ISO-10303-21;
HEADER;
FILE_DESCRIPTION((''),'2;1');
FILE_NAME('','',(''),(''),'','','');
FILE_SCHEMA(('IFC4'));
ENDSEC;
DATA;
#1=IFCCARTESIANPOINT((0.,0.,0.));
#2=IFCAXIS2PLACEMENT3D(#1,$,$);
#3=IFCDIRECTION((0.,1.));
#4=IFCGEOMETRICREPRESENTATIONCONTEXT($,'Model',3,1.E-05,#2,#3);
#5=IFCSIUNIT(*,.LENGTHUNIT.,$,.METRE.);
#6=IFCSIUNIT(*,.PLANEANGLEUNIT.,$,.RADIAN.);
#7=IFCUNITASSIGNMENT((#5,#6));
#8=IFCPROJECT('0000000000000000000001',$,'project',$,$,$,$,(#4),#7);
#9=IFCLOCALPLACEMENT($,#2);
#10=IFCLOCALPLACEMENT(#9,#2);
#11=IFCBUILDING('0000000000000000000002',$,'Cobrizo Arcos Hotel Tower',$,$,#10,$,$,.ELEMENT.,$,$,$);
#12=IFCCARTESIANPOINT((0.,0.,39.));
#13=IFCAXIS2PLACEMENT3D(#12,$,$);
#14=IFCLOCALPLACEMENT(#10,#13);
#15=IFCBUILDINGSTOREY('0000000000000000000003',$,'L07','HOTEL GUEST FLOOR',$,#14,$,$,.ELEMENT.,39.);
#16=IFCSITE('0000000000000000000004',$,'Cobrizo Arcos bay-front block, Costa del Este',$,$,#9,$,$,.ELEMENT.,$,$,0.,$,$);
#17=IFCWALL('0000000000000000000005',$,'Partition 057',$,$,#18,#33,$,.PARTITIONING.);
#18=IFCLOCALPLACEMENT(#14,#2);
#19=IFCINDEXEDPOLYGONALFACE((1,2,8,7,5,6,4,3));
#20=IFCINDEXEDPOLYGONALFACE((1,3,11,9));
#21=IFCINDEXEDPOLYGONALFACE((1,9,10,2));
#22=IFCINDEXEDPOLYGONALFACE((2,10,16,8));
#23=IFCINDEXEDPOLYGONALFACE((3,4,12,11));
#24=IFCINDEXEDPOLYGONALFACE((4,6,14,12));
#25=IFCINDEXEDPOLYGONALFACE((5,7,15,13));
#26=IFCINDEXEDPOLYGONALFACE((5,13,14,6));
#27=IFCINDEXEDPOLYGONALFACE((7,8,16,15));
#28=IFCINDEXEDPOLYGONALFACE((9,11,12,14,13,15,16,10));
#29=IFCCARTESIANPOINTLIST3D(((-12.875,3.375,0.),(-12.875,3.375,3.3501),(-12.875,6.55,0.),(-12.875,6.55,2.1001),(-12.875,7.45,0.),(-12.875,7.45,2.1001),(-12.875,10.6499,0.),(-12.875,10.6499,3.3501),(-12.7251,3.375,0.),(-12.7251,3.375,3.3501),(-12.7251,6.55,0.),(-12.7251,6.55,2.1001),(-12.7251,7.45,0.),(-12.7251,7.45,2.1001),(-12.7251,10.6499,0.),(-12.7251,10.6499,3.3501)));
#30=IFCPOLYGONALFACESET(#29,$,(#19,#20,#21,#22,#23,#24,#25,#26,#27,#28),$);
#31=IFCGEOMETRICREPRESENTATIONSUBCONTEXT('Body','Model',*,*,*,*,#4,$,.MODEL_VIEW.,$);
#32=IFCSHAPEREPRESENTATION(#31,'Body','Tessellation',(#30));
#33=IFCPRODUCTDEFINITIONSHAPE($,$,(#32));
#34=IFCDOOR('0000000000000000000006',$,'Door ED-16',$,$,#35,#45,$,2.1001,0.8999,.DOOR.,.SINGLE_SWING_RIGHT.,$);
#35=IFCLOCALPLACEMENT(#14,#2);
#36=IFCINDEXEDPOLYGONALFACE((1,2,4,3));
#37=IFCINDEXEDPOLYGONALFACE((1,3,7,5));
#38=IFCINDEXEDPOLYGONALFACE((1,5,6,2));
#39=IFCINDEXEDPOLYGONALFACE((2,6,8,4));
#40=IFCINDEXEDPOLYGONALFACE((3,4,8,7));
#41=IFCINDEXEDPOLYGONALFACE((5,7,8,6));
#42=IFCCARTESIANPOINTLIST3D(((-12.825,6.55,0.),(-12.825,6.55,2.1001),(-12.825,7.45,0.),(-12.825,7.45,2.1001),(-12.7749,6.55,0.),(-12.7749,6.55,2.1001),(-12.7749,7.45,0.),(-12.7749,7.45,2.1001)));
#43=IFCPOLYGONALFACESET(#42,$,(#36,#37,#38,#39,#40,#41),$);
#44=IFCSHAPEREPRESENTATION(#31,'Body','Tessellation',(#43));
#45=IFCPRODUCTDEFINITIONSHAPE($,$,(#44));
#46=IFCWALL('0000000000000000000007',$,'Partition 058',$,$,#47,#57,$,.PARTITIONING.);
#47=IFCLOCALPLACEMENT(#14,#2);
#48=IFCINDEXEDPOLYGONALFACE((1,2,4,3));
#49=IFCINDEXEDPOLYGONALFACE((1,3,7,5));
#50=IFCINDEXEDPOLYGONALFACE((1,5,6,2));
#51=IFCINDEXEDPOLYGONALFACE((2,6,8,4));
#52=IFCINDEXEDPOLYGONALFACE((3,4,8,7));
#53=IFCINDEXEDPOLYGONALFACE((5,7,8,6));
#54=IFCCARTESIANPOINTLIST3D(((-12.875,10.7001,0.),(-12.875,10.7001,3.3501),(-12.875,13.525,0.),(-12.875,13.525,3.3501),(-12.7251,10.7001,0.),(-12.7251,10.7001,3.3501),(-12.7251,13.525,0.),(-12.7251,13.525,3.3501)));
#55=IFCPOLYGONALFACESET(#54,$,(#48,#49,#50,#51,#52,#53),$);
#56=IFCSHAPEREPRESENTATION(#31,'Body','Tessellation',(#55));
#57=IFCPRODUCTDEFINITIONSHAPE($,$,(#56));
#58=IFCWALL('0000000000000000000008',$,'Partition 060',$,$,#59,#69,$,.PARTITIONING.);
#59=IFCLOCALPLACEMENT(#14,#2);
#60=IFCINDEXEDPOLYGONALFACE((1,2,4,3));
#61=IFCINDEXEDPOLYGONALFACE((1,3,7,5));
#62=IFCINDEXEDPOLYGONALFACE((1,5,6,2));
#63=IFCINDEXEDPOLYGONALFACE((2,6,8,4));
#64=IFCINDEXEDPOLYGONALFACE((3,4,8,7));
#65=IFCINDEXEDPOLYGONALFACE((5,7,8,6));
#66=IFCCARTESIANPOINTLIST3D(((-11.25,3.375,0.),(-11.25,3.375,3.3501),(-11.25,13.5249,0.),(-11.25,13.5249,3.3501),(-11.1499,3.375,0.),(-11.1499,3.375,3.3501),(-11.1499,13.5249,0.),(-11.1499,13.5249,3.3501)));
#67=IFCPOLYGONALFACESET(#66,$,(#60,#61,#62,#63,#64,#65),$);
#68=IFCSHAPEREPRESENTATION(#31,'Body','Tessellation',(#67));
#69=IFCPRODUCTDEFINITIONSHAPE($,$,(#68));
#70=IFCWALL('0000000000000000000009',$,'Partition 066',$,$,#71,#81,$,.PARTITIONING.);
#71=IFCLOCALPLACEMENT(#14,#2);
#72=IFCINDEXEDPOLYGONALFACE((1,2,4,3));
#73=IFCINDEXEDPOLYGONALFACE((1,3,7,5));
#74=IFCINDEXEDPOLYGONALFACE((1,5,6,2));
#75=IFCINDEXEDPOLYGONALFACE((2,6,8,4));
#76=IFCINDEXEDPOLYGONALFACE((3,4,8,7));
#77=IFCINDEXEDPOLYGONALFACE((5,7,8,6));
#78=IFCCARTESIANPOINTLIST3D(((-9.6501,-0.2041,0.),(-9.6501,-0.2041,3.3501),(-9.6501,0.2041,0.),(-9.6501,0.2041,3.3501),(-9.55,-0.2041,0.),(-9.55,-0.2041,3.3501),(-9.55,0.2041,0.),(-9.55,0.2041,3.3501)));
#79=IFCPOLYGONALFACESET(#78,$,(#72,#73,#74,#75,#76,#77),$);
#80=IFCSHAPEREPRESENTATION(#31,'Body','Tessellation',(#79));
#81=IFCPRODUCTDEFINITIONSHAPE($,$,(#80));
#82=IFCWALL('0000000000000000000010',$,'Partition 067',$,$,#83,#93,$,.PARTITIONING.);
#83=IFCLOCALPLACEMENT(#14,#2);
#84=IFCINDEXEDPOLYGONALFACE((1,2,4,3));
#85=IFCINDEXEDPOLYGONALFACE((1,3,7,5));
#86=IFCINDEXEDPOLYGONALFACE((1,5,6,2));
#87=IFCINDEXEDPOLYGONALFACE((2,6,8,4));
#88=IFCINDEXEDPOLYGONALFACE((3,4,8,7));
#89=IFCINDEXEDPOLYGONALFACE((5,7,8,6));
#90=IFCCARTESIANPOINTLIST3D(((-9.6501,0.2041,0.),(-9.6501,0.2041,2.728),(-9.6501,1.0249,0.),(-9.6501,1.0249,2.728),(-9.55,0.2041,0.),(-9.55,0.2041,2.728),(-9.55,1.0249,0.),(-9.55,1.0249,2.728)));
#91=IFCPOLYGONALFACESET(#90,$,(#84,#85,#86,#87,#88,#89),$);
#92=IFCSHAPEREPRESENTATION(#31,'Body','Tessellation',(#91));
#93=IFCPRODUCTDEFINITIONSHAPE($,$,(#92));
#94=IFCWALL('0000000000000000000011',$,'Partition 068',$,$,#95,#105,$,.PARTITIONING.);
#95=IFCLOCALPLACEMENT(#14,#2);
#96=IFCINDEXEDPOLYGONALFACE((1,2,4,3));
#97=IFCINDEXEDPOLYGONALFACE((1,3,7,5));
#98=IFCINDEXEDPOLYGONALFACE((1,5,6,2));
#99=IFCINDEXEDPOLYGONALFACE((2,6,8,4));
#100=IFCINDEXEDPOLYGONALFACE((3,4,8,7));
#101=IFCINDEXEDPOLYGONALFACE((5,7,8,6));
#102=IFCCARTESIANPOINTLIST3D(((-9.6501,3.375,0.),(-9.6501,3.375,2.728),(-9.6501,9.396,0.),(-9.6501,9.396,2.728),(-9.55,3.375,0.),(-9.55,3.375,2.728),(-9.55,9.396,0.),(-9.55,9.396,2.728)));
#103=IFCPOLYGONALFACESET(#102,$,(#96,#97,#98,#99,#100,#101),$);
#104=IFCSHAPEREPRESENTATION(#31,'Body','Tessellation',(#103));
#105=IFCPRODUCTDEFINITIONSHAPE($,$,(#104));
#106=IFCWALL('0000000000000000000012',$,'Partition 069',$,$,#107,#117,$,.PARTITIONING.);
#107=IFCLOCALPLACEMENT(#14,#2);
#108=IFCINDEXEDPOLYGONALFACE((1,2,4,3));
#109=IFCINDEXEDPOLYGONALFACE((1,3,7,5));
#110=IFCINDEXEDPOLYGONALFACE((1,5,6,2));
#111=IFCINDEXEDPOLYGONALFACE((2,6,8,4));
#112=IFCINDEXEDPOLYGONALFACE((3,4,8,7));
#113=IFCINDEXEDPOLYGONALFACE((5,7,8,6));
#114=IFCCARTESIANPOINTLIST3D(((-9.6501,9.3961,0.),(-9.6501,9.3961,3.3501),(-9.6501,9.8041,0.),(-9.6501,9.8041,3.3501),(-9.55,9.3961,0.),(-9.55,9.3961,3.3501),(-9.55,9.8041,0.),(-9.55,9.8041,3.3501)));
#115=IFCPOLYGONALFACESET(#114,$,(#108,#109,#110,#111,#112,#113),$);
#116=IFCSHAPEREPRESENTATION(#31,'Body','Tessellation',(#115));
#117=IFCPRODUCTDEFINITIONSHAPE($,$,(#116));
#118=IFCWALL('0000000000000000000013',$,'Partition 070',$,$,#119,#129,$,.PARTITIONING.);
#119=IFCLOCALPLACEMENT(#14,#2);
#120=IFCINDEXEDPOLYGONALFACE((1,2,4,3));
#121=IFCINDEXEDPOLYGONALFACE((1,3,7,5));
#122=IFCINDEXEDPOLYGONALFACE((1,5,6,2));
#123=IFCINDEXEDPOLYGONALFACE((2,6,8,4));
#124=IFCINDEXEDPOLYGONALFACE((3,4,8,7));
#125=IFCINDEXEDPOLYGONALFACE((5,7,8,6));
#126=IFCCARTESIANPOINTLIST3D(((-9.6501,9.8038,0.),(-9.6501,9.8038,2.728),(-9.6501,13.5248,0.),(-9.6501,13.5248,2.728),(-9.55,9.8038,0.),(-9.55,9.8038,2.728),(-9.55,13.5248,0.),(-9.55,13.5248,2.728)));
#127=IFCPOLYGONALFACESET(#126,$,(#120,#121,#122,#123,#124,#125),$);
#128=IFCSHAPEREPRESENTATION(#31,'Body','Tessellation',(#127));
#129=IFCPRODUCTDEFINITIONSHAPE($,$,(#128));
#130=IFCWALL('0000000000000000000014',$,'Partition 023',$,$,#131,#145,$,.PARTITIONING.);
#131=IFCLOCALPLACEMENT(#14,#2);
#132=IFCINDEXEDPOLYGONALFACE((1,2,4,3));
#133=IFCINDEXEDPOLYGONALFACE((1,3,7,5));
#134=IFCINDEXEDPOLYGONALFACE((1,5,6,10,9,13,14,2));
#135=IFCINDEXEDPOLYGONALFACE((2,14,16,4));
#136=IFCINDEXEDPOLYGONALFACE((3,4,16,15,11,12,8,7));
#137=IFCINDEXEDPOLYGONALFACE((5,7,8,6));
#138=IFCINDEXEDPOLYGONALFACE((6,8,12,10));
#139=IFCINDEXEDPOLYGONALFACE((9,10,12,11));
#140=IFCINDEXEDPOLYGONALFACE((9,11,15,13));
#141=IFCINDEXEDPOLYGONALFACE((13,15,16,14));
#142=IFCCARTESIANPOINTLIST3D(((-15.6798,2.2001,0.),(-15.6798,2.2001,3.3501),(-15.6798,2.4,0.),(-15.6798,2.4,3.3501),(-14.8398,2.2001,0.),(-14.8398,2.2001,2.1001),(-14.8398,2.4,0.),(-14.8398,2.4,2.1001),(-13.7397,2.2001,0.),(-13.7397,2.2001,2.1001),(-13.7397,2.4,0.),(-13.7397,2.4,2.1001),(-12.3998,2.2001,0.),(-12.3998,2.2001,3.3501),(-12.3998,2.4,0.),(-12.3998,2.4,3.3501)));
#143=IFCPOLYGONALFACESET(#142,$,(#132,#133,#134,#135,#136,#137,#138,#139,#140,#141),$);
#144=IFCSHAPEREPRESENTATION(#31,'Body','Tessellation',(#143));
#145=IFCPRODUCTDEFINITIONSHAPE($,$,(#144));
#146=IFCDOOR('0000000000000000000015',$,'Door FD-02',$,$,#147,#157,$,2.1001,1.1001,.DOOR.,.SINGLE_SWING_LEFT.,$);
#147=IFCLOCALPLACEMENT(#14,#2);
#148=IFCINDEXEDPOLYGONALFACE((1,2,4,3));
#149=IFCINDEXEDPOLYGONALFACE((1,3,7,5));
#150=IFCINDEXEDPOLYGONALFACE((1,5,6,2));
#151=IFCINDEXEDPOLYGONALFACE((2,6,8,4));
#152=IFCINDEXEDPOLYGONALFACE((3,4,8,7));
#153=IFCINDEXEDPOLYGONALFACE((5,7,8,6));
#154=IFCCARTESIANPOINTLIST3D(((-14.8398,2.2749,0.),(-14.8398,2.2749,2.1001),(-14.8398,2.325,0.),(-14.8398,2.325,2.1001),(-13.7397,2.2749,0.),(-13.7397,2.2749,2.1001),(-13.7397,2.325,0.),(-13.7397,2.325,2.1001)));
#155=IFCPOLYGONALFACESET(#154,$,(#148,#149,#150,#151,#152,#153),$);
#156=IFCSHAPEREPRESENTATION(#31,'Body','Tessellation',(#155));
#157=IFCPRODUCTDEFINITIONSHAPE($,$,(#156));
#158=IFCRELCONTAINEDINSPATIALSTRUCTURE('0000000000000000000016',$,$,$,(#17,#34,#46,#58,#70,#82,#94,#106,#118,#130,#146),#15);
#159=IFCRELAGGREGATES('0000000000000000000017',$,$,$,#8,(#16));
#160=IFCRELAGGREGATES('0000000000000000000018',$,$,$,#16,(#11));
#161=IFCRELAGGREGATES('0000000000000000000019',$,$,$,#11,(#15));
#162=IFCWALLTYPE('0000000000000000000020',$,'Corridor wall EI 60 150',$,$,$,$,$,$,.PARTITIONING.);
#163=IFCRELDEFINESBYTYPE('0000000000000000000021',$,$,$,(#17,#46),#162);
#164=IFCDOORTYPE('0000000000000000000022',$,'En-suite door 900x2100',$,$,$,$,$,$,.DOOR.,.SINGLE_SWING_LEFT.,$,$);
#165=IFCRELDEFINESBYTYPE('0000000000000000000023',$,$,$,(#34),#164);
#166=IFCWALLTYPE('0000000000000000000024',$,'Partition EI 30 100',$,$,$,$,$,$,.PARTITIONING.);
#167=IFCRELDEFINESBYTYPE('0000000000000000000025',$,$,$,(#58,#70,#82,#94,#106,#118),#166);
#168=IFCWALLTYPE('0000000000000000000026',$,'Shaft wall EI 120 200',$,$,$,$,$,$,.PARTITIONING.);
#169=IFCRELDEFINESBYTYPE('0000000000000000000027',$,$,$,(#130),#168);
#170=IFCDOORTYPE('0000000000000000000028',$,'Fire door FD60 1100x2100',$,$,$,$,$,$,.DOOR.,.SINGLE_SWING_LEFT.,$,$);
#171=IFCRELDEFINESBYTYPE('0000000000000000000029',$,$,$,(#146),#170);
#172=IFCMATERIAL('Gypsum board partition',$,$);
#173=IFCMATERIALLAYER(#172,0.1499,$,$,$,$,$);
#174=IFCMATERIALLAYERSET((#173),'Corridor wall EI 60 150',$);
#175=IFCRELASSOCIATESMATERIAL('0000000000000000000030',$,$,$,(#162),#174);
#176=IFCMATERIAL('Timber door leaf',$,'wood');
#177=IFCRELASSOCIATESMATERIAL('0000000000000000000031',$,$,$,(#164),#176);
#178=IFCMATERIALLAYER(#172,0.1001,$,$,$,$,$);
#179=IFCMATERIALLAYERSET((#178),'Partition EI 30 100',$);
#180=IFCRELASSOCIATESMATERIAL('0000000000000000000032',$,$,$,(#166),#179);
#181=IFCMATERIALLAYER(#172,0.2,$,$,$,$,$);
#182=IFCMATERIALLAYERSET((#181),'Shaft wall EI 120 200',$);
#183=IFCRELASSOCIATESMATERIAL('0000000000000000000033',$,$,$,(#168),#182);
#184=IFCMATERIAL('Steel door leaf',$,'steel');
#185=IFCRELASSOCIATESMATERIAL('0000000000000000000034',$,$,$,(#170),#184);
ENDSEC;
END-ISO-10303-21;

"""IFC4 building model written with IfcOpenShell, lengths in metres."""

from ifc_helpers import new_model, si_unit, direction, frame, frame_2d, origin, place, context, subcontext, project, spatial, rectangle, extrude, material, layer, layer_set, type_object, element, fill, save


model = new_model("IFC4")

# Units and contexts
model_context = context("Model", 3, precision=1e-05, world=origin(), true_north=direction((0.0, 1.0)))
body_context = subcontext(model_context, "Body", "Model", "MODEL_VIEW")
ifc_project = project(units=[si_unit("LENGTHUNIT", "METRE"), si_unit("PLANEANGLEUNIT", "RADIAN")], contexts=[model_context])

# Site, building, storey
site_placement = place(None, origin())
site = spatial("IfcSite", under=ifc_project, at=site_placement, Name="Cobrizo Arcos bay-front block, Costa del Este", CompositionType="ELEMENT", RefElevation=0.0)
building_placement = place(site_placement, origin())
building = spatial("IfcBuilding", under=site, at=building_placement, Name="Cobrizo Arcos Hotel Tower", CompositionType="ELEMENT")
storey_placement = place(building_placement, frame((0.0, 0.0, 39.0)))
storey = spatial("IfcBuildingStorey", under=building, at=storey_placement, Name="L07", Description="HOTEL GUEST FLOOR", CompositionType="ELEMENT", Elevation=39.0)

# Shared definitions
ifc_material_1 = material(Name="Gypsum board partition")
ifc_layer_1 = layer(ifc_material_1, 0.1499)
ifc_layer_set_1 = layer_set([ifc_layer_1], Name="Corridor wall EI 60 150")
wall_type_1 = type_object("IfcWallType", Name="Corridor wall EI 60 150", PredefinedType="PARTITIONING", material=ifc_layer_set_1)

# Wall, opening, door
ifc_material_2 = material(Name="Timber door leaf", Category="wood")
door_type_1 = type_object("IfcDoorType", Name="En-suite door 900x2100", OperationType="SINGLE_SWING_LEFT", PredefinedType="DOOR", material=ifc_material_2)
wall_1_placement = place(storey_placement, frame((-12.8, 3.375, 0.0), z_axis=(0.0, 0.0, 1.0), x_axis=(0.0, 1.0, 0.0)))
wall_1 = element("IfcWall", 1, at=wall_1_placement, inside=storey, type_object=wall_type_1, Name="Partition 057", PredefinedType="PARTITIONING", context=body_context, shape_type="SweptSolid", body=[
    extrude(rectangle(XDim=7.2749, YDim=0.1499, at=frame_2d((3.6375, 0.0))), origin(), (0.0, 0.0, 1.0), 3.3501),
])
opening_1_placement = place(wall_1_placement, frame((3.175, 0.0, 0.0)))
opening_1 = element("IfcOpeningElement", 2, at=opening_1_placement, cuts=wall_1, PredefinedType="OPENING", context=body_context, shape_type="SweptSolid", body=[
    extrude(rectangle(XDim=0.8999, YDim=2.1001, at=frame_2d((0.45, 1.05))), frame((0.0, 0.0869, 0.0), z_axis=(0.0, -1.0, 0.0), x_axis=(1.0, 0.0, 0.0)), (0.0, 0.0, 1.0), 0.1738),
])
door_1_placement = place(opening_1_placement, origin())
door_1 = element("IfcDoor", 3, at=door_1_placement, inside=storey, type_object=door_type_1, Name="Door ED-16", OperationType="SINGLE_SWING_RIGHT", OverallHeight=2.1001, OverallWidth=0.8999, PredefinedType="DOOR", context=body_context, shape_type="SweptSolid", body=[
    extrude(rectangle(XDim=0.8999, YDim=2.1001, at=frame_2d((0.45, 1.05))), frame((0.0, 0.0249, 0.0), z_axis=(0.0, -1.0, 0.0), x_axis=(1.0, 0.0, 0.0)), (0.0, 0.0, 1.0), 0.05),
])
fill(opening_1, door_1)

# Walls
wall_2_placement = place(storey_placement, frame((-12.8, 10.7, 0.0), z_axis=(0.0, 0.0, 1.0), x_axis=(0.0, 1.0, 0.0)))
element("IfcWall", 4, at=wall_2_placement, inside=storey, type_object=wall_type_1, Name="Partition 058", PredefinedType="PARTITIONING", context=body_context, shape_type="SweptSolid", body=[
    extrude(rectangle(XDim=2.825, YDim=0.1499, at=frame_2d((1.4126, 0.0))), origin(), (0.0, 0.0, 1.0), 3.3501),
])
ifc_layer_2 = layer(ifc_material_1, 0.1001)
ifc_layer_set_2 = layer_set([ifc_layer_2], Name="Partition EI 30 100")
wall_type_2 = type_object("IfcWallType", Name="Partition EI 30 100", PredefinedType="PARTITIONING", material=ifc_layer_set_2)
wall_3_placement = place(storey_placement, frame((-11.2, 3.375, 0.0), z_axis=(0.0, 0.0, 1.0), x_axis=(0.0, 1.0, 0.0)))
element("IfcWall", 5, at=wall_3_placement, inside=storey, type_object=wall_type_2, Name="Partition 060", PredefinedType="PARTITIONING", context=body_context, shape_type="SweptSolid", body=[
    extrude(rectangle(XDim=10.1499, YDim=0.1001, at=frame_2d((5.075, 0.0))), origin(), (0.0, 0.0, 1.0), 3.3501),
])
wall_4_placement = place(storey_placement, frame((-9.6001, -0.2041, 0.0), z_axis=(0.0, 0.0, 1.0), x_axis=(0.0, 1.0, 0.0)))
element("IfcWall", 6, at=wall_4_placement, inside=storey, type_object=wall_type_2, Name="Partition 066", PredefinedType="PARTITIONING", context=body_context, shape_type="SweptSolid", body=[
    extrude(rectangle(XDim=0.4082, YDim=0.1001, at=frame_2d((0.2041, 0.0))), origin(), (0.0, 0.0, 1.0), 3.3501),
])
wall_5_placement = place(storey_placement, frame((-9.6001, 0.2041, 0.0), z_axis=(0.0, 0.0, 1.0), x_axis=(0.0, 1.0, 0.0)))
element("IfcWall", 7, at=wall_5_placement, inside=storey, type_object=wall_type_2, Name="Partition 067", PredefinedType="PARTITIONING", context=body_context, shape_type="SweptSolid", body=[
    extrude(rectangle(XDim=0.8208, YDim=0.1001, at=frame_2d((0.4104, 0.0))), origin(), (0.0, 0.0, 1.0), 2.728),
])
wall_6_placement = place(storey_placement, frame((-9.6001, 3.375, 0.0), z_axis=(0.0, 0.0, 1.0), x_axis=(0.0, 1.0, 0.0)))
element("IfcWall", 8, at=wall_6_placement, inside=storey, type_object=wall_type_2, Name="Partition 068", PredefinedType="PARTITIONING", context=body_context, shape_type="SweptSolid", body=[
    extrude(rectangle(XDim=6.021, YDim=0.1001, at=frame_2d((3.0105, 0.0))), origin(), (0.0, 0.0, 1.0), 2.728),
])
wall_7_placement = place(storey_placement, frame((-9.6001, 9.396, 0.0), z_axis=(0.0, 0.0, 1.0), x_axis=(0.0, 1.0, 0.0)))
element("IfcWall", 9, at=wall_7_placement, inside=storey, type_object=wall_type_2, Name="Partition 069", PredefinedType="PARTITIONING", context=body_context, shape_type="SweptSolid", body=[
    extrude(rectangle(XDim=0.408, YDim=0.1001, at=frame_2d((0.2041, 0.0))), origin(), (0.0, 0.0, 1.0), 3.3501),
])
wall_8_placement = place(storey_placement, frame((-9.6001, 9.804, 0.0), z_axis=(0.0, 0.0, 1.0), x_axis=(0.0, 1.0, 0.0)))
element("IfcWall", 10, at=wall_8_placement, inside=storey, type_object=wall_type_2, Name="Partition 070", PredefinedType="PARTITIONING", context=body_context, shape_type="SweptSolid", body=[
    extrude(rectangle(XDim=3.7209, YDim=0.1001, at=frame_2d((1.8604, 0.0))), origin(), (0.0, 0.0, 1.0), 2.728),
])

# Wall, opening, door
ifc_layer_3 = layer(ifc_material_1, 0.2)
ifc_layer_set_3 = layer_set([ifc_layer_3], Name="Shaft wall EI 120 200")
wall_type_3 = type_object("IfcWallType", Name="Shaft wall EI 120 200", PredefinedType="PARTITIONING", material=ifc_layer_set_3)
wall_9_placement = place(storey_placement, frame((-15.6799, 2.3, 0.0), z_axis=(0.0, 0.0, 1.0), x_axis=(1.0, 0.0, 0.0)))
wall_9 = element("IfcWall", 11, at=wall_9_placement, inside=storey, type_object=wall_type_3, Name="Partition 023", PredefinedType="PARTITIONING", context=body_context, shape_type="SweptSolid", body=[
    extrude(rectangle(XDim=3.28, YDim=0.2, at=frame_2d((1.6401, 0.0))), origin(), (0.0, 0.0, 1.0), 3.3501),
])
opening_2_placement = place(wall_9_placement, frame((0.8401, 0.0, 0.0)))
opening_2 = element("IfcOpeningElement", 12, at=opening_2_placement, cuts=wall_9, PredefinedType="OPENING", context=body_context, shape_type="SweptSolid", body=[
    extrude(rectangle(XDim=1.1001, YDim=2.1001, at=frame_2d((0.55, 1.05))), frame((0.0, 0.1121, 0.0), z_axis=(0.0, -1.0, 0.0), x_axis=(1.0, 0.0, 0.0)), (0.0, 0.0, 1.0), 0.2239),
])
ifc_material_3 = material(Name="Steel door leaf", Category="steel")
door_type_2 = type_object("IfcDoorType", Name="Fire door FD60 1100x2100", OperationType="SINGLE_SWING_LEFT", PredefinedType="DOOR", material=ifc_material_3)
door_2_placement = place(opening_2_placement, origin())
door_2 = element("IfcDoor", 13, at=door_2_placement, inside=storey, type_object=door_type_2, Name="Door FD-02", OperationType="SINGLE_SWING_LEFT", OverallHeight=2.1001, OverallWidth=1.1001, PredefinedType="DOOR", context=body_context, shape_type="SweptSolid", body=[
    extrude(rectangle(XDim=1.1001, YDim=2.1001, at=frame_2d((0.55, 1.05))), frame((0.0, 0.0249, 0.0), z_axis=(0.0, -1.0, 0.0), x_axis=(1.0, 0.0, 0.0)), (0.0, 0.0, 1.0), 0.05),
])
fill(opening_2, door_2)

save(model, "model.ifc")
